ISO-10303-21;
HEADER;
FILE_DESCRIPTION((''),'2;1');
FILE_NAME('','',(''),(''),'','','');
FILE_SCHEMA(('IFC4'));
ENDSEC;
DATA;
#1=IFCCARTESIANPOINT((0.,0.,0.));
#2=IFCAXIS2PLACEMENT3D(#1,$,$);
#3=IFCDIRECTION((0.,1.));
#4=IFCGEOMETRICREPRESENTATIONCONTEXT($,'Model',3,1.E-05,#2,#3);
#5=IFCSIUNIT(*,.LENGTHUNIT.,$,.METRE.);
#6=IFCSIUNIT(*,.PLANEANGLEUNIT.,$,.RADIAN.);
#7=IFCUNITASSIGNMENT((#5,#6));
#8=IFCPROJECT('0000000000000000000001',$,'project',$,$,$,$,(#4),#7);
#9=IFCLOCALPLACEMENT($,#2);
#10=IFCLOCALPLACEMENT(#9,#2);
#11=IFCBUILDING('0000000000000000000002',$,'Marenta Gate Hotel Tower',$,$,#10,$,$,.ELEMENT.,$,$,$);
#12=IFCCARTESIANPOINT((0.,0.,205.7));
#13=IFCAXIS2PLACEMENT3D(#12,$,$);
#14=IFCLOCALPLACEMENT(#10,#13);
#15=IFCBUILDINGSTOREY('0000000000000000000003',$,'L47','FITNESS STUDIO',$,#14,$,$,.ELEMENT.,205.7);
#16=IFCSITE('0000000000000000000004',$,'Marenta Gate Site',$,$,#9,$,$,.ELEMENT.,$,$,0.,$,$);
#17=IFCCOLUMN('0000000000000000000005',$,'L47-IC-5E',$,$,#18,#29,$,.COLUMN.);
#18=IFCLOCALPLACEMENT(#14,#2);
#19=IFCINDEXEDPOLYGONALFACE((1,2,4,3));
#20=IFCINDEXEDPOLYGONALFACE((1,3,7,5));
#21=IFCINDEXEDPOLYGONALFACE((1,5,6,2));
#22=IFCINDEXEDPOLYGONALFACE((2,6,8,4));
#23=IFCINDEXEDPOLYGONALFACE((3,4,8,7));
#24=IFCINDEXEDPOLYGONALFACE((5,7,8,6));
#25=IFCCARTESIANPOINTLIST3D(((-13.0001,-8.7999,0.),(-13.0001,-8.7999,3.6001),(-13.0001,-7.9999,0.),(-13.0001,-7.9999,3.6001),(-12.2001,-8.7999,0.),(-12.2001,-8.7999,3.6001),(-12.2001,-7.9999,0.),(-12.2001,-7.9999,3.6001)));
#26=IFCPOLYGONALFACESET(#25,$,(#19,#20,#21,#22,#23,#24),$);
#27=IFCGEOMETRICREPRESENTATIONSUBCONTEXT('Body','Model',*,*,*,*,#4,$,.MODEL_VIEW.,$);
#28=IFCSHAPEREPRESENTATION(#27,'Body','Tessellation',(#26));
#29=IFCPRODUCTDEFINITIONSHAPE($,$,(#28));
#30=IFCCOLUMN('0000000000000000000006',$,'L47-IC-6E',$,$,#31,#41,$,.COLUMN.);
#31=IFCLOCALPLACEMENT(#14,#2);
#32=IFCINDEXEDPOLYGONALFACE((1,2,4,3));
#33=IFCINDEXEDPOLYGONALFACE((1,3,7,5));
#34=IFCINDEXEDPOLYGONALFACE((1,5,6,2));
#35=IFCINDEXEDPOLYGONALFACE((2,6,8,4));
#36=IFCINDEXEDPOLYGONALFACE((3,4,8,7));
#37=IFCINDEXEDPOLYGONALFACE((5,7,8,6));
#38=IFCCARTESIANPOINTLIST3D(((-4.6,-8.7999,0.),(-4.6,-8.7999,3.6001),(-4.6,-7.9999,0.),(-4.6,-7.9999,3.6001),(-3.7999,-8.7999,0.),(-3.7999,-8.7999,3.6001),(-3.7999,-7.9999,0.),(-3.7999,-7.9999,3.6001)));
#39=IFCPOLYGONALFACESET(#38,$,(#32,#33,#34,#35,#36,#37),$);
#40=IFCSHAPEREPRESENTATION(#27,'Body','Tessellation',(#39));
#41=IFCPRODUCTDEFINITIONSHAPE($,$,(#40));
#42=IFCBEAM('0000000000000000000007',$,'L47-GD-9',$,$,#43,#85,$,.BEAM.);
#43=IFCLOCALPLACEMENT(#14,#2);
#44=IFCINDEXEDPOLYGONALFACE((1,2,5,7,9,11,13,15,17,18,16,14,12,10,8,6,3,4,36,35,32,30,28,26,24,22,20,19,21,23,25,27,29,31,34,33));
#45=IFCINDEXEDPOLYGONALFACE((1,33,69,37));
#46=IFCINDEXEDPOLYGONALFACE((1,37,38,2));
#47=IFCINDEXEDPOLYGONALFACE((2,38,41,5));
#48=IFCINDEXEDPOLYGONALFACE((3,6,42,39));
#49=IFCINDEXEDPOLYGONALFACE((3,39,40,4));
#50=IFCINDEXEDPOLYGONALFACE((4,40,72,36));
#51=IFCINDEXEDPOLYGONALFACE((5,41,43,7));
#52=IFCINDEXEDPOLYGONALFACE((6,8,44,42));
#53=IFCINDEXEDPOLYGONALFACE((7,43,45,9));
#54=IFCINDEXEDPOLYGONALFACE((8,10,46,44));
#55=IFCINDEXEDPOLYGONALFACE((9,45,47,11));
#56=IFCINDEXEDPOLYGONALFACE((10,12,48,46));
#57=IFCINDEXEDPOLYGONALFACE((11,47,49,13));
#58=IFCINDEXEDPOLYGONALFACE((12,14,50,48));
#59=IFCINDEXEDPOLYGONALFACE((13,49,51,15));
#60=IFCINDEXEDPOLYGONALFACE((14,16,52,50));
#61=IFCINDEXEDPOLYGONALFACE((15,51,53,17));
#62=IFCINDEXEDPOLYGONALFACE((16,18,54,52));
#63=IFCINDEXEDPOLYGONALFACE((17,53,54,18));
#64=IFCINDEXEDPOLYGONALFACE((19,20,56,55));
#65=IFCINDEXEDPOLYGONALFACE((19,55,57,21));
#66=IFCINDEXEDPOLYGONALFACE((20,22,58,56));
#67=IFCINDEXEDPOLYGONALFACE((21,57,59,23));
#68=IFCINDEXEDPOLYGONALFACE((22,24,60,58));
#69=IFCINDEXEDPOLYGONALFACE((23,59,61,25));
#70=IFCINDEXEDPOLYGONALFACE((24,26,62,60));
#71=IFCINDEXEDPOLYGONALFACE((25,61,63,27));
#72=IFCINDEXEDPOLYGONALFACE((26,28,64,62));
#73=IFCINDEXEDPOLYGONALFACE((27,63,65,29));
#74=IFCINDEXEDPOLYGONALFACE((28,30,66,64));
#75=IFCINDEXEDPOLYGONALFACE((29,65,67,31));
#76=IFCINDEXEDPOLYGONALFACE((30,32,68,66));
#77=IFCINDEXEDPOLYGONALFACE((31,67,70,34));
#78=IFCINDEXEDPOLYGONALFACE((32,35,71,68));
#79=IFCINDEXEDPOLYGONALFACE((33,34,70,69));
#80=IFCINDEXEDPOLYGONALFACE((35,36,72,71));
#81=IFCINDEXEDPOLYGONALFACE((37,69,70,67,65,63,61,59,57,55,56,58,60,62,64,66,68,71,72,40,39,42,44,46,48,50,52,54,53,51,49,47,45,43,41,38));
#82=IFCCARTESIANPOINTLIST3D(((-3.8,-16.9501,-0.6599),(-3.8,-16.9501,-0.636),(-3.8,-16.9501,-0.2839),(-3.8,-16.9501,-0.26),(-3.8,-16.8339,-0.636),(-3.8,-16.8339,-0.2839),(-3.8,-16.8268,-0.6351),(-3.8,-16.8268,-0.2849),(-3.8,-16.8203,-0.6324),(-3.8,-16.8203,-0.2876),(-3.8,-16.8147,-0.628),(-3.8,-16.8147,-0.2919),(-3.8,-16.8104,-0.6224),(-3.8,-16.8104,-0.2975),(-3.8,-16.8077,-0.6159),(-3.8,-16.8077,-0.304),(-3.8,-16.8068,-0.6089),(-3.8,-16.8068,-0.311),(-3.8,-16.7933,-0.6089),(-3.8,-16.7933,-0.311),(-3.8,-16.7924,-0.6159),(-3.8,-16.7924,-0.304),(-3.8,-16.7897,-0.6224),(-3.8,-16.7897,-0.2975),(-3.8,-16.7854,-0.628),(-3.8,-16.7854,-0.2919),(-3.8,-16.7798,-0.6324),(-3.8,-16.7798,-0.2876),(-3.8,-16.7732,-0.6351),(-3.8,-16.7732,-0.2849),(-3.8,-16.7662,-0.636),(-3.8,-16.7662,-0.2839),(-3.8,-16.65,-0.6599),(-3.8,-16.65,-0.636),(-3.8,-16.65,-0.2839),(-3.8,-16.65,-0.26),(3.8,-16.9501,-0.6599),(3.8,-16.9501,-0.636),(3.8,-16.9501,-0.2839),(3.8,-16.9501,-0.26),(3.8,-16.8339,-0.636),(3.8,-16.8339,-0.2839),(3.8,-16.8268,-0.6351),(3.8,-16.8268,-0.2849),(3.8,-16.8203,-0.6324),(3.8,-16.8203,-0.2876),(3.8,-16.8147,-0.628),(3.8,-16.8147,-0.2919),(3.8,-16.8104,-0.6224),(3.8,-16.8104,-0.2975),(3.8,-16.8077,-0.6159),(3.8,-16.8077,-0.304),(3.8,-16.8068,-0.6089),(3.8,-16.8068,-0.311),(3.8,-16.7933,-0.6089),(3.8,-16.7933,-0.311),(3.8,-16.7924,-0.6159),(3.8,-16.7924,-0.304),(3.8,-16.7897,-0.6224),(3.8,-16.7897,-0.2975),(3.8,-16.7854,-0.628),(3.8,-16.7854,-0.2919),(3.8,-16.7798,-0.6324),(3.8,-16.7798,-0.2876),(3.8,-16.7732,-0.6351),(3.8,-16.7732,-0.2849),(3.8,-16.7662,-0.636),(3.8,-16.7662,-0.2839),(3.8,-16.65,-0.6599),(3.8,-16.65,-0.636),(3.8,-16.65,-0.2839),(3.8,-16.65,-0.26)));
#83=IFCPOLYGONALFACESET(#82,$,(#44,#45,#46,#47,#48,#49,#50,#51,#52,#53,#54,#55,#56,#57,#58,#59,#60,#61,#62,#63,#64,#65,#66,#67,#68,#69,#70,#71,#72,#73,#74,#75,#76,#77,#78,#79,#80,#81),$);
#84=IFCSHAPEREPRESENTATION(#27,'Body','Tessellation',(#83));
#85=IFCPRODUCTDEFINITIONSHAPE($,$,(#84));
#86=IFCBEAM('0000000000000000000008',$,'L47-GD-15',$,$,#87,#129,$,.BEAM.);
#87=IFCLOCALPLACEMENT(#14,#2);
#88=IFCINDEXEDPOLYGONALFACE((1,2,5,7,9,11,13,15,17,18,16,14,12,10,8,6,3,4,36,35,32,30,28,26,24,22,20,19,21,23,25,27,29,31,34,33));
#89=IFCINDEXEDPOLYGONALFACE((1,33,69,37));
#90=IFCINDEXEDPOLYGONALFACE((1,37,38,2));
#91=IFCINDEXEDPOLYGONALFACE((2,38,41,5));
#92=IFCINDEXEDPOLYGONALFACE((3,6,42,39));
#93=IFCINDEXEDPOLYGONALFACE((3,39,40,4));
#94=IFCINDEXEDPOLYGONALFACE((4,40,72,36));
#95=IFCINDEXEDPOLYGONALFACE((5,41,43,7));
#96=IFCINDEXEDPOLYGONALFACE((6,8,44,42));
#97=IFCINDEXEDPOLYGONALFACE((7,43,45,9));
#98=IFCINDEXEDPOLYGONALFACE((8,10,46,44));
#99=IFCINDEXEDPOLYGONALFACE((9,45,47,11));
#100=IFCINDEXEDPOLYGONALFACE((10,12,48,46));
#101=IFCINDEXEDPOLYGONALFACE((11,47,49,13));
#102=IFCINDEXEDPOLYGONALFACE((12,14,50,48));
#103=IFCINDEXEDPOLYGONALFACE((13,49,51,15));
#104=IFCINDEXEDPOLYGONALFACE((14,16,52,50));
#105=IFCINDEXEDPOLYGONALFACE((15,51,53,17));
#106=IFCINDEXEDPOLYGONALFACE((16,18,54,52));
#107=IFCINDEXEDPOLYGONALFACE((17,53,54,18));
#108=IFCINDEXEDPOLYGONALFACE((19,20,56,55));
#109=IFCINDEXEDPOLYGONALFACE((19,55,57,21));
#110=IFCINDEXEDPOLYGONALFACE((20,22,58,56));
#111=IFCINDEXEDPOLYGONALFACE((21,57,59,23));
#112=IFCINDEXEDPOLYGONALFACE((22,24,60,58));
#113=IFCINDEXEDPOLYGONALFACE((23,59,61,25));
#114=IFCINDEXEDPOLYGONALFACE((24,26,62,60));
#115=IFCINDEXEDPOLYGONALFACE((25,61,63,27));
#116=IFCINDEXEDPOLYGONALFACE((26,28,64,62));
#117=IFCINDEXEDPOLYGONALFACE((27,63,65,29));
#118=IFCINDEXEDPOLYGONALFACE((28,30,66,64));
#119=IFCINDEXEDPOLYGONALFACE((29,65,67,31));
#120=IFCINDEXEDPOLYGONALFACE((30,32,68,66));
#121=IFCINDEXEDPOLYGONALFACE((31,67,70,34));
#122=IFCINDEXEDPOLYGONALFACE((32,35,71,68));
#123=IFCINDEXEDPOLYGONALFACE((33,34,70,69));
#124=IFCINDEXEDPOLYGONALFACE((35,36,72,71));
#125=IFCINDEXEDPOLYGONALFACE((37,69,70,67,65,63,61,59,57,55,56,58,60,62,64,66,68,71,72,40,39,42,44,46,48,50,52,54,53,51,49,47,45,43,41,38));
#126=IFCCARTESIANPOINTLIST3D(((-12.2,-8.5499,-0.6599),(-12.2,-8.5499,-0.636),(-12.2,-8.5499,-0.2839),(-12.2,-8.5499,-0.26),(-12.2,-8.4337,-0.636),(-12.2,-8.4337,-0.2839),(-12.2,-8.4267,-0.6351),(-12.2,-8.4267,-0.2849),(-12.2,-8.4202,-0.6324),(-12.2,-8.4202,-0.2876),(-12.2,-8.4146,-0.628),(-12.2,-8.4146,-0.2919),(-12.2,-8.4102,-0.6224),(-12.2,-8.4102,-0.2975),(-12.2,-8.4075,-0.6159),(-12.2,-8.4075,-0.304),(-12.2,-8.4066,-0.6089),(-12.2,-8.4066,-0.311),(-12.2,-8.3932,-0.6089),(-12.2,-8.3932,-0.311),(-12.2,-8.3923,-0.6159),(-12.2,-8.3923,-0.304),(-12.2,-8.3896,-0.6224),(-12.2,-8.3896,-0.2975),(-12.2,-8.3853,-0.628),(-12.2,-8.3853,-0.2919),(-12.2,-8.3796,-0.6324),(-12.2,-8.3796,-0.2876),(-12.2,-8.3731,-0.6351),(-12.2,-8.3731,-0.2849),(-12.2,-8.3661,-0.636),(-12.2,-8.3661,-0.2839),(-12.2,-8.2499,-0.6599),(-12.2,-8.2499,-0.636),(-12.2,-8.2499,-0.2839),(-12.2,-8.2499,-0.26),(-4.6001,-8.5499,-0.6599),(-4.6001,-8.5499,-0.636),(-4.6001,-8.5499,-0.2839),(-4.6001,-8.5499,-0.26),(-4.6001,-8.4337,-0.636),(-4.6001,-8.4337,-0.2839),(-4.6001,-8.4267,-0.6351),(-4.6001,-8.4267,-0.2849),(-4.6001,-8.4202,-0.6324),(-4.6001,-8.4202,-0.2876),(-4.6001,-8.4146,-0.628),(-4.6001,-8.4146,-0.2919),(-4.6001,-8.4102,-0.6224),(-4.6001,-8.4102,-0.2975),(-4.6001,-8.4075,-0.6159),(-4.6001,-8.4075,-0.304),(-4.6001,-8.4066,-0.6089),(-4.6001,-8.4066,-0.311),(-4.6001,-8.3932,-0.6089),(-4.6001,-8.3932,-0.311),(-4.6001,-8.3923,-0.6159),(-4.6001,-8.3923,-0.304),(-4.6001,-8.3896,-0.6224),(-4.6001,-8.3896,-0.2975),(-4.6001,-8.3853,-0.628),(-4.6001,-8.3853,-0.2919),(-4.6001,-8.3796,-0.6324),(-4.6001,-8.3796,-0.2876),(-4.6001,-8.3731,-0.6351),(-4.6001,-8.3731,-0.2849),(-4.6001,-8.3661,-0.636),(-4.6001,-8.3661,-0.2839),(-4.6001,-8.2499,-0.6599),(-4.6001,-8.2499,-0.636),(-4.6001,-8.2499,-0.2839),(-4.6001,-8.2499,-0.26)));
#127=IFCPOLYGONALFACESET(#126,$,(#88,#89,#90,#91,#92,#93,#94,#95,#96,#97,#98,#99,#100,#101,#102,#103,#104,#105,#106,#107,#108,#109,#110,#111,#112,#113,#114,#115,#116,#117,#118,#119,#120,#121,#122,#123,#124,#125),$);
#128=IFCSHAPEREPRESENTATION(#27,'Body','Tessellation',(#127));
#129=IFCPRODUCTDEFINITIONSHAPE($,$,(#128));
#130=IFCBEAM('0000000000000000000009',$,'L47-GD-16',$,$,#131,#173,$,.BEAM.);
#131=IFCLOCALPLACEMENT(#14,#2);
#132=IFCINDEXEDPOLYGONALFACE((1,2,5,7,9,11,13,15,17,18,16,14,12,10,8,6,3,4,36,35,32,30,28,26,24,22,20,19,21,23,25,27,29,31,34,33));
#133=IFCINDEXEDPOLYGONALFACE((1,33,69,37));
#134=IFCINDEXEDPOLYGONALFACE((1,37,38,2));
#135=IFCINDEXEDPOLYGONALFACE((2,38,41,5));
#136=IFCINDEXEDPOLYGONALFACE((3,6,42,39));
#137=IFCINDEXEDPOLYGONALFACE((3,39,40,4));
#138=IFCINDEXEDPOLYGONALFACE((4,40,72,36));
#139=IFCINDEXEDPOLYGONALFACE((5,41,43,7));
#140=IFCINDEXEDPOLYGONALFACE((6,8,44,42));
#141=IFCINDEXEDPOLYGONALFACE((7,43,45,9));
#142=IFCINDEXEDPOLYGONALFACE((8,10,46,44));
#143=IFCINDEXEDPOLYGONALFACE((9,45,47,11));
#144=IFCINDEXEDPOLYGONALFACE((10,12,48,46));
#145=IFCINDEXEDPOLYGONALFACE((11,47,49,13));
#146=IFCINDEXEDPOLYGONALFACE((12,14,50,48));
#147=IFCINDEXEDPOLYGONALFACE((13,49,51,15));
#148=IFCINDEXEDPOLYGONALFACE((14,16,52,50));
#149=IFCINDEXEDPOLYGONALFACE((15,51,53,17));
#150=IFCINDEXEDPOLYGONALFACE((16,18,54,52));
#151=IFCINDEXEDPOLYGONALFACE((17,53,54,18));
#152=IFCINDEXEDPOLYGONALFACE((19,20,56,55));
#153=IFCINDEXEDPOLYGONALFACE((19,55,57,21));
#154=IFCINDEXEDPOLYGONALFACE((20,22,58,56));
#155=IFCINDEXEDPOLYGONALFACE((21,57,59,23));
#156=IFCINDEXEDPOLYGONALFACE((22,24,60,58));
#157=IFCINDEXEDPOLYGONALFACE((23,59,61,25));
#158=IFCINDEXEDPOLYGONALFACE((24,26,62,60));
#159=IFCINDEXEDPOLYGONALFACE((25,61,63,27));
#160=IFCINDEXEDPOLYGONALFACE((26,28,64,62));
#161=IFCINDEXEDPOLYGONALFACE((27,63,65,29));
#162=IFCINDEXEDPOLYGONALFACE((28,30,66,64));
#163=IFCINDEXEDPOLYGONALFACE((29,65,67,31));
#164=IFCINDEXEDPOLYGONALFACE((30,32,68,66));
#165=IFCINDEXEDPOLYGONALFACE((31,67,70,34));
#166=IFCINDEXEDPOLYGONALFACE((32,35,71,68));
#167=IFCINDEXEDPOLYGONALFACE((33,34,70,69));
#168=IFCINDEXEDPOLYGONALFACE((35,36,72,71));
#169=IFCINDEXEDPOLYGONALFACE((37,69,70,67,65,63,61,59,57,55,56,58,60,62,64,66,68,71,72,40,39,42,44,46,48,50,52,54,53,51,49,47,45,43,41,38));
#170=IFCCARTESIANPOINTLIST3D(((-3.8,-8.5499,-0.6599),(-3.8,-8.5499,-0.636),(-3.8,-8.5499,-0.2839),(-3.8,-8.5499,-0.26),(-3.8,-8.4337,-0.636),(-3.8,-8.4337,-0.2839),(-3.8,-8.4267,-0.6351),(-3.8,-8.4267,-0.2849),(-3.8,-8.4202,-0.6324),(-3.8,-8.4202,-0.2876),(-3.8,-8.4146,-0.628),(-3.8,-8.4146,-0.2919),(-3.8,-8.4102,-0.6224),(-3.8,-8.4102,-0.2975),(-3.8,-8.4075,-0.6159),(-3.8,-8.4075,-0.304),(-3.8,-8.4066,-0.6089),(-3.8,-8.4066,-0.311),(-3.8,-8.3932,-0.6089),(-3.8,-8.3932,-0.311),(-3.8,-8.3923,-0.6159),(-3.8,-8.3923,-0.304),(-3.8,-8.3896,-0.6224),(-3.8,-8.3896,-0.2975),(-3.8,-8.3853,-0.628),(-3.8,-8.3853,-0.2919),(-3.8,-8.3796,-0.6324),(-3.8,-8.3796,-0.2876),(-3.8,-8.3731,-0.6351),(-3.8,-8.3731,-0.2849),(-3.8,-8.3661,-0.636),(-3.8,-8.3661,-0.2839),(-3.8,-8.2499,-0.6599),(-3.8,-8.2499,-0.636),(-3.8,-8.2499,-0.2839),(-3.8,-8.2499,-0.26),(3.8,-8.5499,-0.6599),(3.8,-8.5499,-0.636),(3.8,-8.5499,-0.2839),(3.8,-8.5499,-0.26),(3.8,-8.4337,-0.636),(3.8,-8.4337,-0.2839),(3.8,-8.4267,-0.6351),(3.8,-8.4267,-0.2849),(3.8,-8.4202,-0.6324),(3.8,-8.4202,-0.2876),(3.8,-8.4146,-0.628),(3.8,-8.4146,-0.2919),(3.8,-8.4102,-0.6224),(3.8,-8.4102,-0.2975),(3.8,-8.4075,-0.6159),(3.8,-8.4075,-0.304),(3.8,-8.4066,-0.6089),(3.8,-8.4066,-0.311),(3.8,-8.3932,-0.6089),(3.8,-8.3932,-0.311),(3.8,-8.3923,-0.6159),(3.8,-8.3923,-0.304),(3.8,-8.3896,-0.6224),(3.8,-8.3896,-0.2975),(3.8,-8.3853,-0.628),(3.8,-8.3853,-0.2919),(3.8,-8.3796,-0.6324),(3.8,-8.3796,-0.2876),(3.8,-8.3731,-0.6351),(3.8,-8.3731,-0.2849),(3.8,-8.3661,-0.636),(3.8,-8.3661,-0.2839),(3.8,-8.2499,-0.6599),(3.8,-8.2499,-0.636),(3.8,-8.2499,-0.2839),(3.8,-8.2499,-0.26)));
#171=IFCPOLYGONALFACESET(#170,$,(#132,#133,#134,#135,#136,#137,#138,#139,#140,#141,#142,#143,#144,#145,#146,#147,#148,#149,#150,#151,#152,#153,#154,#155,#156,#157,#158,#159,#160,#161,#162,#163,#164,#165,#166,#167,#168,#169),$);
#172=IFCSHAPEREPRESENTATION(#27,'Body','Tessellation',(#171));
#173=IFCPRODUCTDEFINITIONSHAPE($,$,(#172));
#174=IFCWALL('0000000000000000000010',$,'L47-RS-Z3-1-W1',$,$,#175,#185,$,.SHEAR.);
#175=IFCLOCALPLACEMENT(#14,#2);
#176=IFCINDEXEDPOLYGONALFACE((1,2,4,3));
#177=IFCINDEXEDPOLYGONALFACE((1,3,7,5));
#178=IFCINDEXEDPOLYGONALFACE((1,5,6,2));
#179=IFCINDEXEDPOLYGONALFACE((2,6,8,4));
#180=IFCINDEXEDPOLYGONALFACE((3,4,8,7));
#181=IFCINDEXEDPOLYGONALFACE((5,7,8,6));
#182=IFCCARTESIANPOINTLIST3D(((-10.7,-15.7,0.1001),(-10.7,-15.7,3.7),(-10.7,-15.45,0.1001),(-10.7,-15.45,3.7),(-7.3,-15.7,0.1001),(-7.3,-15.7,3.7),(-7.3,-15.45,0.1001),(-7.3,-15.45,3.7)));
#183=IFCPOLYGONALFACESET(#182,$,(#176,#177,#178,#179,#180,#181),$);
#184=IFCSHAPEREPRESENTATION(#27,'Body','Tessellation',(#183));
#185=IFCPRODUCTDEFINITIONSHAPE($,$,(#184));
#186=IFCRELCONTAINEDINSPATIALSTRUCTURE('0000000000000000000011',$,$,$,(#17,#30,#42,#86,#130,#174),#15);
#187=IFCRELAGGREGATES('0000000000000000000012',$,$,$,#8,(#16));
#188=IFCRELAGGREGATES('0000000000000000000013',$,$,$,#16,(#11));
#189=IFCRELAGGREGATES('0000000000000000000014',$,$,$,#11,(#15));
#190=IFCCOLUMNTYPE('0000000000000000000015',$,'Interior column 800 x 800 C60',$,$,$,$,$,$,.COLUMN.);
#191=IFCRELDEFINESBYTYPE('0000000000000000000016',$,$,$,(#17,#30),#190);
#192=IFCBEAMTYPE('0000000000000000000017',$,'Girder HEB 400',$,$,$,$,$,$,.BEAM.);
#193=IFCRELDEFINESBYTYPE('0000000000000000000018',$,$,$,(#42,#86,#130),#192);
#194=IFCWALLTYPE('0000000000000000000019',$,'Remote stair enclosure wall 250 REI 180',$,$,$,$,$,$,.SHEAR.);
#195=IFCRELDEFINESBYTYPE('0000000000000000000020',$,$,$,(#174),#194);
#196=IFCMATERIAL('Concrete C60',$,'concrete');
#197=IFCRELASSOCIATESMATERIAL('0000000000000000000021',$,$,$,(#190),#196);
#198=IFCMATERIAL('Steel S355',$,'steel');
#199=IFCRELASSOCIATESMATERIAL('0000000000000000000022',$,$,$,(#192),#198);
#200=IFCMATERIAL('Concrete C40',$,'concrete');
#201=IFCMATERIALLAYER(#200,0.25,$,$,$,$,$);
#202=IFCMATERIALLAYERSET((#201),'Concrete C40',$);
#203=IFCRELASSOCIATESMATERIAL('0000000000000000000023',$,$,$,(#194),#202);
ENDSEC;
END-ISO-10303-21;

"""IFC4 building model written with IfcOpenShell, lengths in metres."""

from ifc_helpers import new_model, si_unit, direction, frame, frame_2d, origin, origin_2d, place, context, subcontext, project, spatial, rectangle, i_section, extrude, material, layer, layer_set, material_profile, profile_set, type_object, element, save


model = new_model("IFC4")

# Units and contexts
model_context = context("Model", 3, precision=1e-05, world=origin(), true_north=direction((0.0, 1.0)))
body_context = subcontext(model_context, "Body", "Model", "MODEL_VIEW")
ifc_project = project(units=[si_unit("LENGTHUNIT", "METRE"), si_unit("PLANEANGLEUNIT", "RADIAN")], contexts=[model_context])

# Site, building, storey
site_placement = place(None, origin())
site = spatial("IfcSite", under=ifc_project, at=site_placement, Name="Marenta Gate Site", CompositionType="ELEMENT", RefElevation=0.0)
building_placement = place(site_placement, origin())
building = spatial("IfcBuilding", under=site, at=building_placement, Name="Marenta Gate Hotel Tower", CompositionType="ELEMENT")
storey_placement = place(building_placement, frame((0.0, 0.0, 205.7)))
storey = spatial("IfcBuildingStorey", under=building, at=storey_placement, Name="L47", Description="FITNESS STUDIO", CompositionType="ELEMENT", Elevation=205.7)

# Columns
ifc_material_1 = material(Name="Concrete C60", Category="concrete")
ifc_material_profile_1 = material_profile(ifc_material_1, rectangle(XDim=0.8, YDim=0.8, at=origin_2d()), Name="800 x 800")
ifc_profile_set_1 = profile_set([ifc_material_profile_1], Name="Concrete C60")
column_type = type_object("IfcColumnType", Name="Interior column 800 x 800 C60", PredefinedType="COLUMN", material=ifc_profile_set_1)
for number, where, z_axis, x_axis, name in (
    (1, (-12.6001, -8.3999, 0.0), (0.0, 0.0, 1.0), (1.0, 0.0, 0.0), "L47-IC-5E"),
    (2, (-4.2, -8.3999, 0.0), (0.0, 0.0, 1.0), (1.0, 0.0, 0.0), "L47-IC-6E"),
):
    element("IfcColumn", number, at=place(storey_placement, frame(where, z_axis=z_axis, x_axis=x_axis)), inside=storey, type_object=column_type, Name=name, PredefinedType="COLUMN", context=body_context, shape_type="SweptSolid", body=[
        extrude(rectangle(XDim=0.8, YDim=0.8, at=origin_2d()), origin(), (0.0, 0.0, 1.0), 3.6001),
    ])

# Beams
ifc_material_2 = material(Name="Steel S355", Category="steel")
ifc_material_profile_2 = material_profile(ifc_material_2, i_section(OverallWidth=0.3, OverallDepth=0.3999, WebThickness=0.0134, FlangeThickness=0.0239, FilletRadius=0.0271, at=origin_2d()), Name="HEB 400")
ifc_profile_set_2 = profile_set([ifc_material_profile_2], Name="Steel S355")
beam_type = type_object("IfcBeamType", Name="Girder HEB 400", PredefinedType="BEAM", material=ifc_profile_set_2)
beam_1_placement = place(storey_placement, frame((-3.8, -16.8, -0.46), z_axis=(1.0, 0.0, 0.0), x_axis=(0.0, 1.0, 0.0)))
element("IfcBeam", 3, at=beam_1_placement, inside=storey, type_object=beam_type, Name="L47-GD-9", PredefinedType="BEAM", context=body_context, shape_type="SweptSolid", body=[
    extrude(i_section(OverallWidth=0.3, OverallDepth=0.3999, WebThickness=0.0134, FlangeThickness=0.0239, FilletRadius=0.0271, at=origin_2d()), origin(), (0.0, 0.0, 1.0), 7.6001),
])
beam_2_placement = place(storey_placement, frame((-12.2, -8.3999, -0.46), z_axis=(1.0, 0.0, 0.0), x_axis=(0.0, 1.0, 0.0)))
element("IfcBeam", 4, at=beam_2_placement, inside=storey, type_object=beam_type, Name="L47-GD-15", PredefinedType="BEAM", context=body_context, shape_type="SweptSolid", body=[
    extrude(i_section(OverallWidth=0.3, OverallDepth=0.3999, WebThickness=0.0134, FlangeThickness=0.0239, FilletRadius=0.0271, at=origin_2d()), origin(), (0.0, 0.0, 1.0), 7.5999),
])
beam_3_placement = place(storey_placement, frame((-3.8, -8.3999, -0.46), z_axis=(1.0, 0.0, 0.0), x_axis=(0.0, 1.0, 0.0)))
element("IfcBeam", 5, at=beam_3_placement, inside=storey, type_object=beam_type, Name="L47-GD-16", PredefinedType="BEAM", context=body_context, shape_type="SweptSolid", body=[
    extrude(i_section(OverallWidth=0.3, OverallDepth=0.3999, WebThickness=0.0134, FlangeThickness=0.0239, FilletRadius=0.0271, at=origin_2d()), origin(), (0.0, 0.0, 1.0), 7.6001),
])

# Wall
ifc_material_3 = material(Name="Concrete C40", Category="concrete")
ifc_layer_1 = layer(ifc_material_3, 0.25)
ifc_layer_set_1 = layer_set([ifc_layer_1], Name="Concrete C40")
wall_type_1 = type_object("IfcWallType", Name="Remote stair enclosure wall 250 REI 180", PredefinedType="SHEAR", material=ifc_layer_set_1)
wall_1_placement = place(storey_placement, frame((-10.7, -15.575, 0.1001), z_axis=(0.0, 0.0, 1.0), x_axis=(1.0, 0.0, 0.0)))
element("IfcWall", 6, at=wall_1_placement, inside=storey, type_object=wall_type_1, Name="L47-RS-Z3-1-W1", PredefinedType="SHEAR", context=body_context, shape_type="SweptSolid", body=[
    extrude(rectangle(XDim=3.3999, YDim=0.25, at=frame_2d((1.7, 0.0))), origin(), (0.0, 0.0, 1.0), 3.5999),
])

save(model, "model.ifc")
